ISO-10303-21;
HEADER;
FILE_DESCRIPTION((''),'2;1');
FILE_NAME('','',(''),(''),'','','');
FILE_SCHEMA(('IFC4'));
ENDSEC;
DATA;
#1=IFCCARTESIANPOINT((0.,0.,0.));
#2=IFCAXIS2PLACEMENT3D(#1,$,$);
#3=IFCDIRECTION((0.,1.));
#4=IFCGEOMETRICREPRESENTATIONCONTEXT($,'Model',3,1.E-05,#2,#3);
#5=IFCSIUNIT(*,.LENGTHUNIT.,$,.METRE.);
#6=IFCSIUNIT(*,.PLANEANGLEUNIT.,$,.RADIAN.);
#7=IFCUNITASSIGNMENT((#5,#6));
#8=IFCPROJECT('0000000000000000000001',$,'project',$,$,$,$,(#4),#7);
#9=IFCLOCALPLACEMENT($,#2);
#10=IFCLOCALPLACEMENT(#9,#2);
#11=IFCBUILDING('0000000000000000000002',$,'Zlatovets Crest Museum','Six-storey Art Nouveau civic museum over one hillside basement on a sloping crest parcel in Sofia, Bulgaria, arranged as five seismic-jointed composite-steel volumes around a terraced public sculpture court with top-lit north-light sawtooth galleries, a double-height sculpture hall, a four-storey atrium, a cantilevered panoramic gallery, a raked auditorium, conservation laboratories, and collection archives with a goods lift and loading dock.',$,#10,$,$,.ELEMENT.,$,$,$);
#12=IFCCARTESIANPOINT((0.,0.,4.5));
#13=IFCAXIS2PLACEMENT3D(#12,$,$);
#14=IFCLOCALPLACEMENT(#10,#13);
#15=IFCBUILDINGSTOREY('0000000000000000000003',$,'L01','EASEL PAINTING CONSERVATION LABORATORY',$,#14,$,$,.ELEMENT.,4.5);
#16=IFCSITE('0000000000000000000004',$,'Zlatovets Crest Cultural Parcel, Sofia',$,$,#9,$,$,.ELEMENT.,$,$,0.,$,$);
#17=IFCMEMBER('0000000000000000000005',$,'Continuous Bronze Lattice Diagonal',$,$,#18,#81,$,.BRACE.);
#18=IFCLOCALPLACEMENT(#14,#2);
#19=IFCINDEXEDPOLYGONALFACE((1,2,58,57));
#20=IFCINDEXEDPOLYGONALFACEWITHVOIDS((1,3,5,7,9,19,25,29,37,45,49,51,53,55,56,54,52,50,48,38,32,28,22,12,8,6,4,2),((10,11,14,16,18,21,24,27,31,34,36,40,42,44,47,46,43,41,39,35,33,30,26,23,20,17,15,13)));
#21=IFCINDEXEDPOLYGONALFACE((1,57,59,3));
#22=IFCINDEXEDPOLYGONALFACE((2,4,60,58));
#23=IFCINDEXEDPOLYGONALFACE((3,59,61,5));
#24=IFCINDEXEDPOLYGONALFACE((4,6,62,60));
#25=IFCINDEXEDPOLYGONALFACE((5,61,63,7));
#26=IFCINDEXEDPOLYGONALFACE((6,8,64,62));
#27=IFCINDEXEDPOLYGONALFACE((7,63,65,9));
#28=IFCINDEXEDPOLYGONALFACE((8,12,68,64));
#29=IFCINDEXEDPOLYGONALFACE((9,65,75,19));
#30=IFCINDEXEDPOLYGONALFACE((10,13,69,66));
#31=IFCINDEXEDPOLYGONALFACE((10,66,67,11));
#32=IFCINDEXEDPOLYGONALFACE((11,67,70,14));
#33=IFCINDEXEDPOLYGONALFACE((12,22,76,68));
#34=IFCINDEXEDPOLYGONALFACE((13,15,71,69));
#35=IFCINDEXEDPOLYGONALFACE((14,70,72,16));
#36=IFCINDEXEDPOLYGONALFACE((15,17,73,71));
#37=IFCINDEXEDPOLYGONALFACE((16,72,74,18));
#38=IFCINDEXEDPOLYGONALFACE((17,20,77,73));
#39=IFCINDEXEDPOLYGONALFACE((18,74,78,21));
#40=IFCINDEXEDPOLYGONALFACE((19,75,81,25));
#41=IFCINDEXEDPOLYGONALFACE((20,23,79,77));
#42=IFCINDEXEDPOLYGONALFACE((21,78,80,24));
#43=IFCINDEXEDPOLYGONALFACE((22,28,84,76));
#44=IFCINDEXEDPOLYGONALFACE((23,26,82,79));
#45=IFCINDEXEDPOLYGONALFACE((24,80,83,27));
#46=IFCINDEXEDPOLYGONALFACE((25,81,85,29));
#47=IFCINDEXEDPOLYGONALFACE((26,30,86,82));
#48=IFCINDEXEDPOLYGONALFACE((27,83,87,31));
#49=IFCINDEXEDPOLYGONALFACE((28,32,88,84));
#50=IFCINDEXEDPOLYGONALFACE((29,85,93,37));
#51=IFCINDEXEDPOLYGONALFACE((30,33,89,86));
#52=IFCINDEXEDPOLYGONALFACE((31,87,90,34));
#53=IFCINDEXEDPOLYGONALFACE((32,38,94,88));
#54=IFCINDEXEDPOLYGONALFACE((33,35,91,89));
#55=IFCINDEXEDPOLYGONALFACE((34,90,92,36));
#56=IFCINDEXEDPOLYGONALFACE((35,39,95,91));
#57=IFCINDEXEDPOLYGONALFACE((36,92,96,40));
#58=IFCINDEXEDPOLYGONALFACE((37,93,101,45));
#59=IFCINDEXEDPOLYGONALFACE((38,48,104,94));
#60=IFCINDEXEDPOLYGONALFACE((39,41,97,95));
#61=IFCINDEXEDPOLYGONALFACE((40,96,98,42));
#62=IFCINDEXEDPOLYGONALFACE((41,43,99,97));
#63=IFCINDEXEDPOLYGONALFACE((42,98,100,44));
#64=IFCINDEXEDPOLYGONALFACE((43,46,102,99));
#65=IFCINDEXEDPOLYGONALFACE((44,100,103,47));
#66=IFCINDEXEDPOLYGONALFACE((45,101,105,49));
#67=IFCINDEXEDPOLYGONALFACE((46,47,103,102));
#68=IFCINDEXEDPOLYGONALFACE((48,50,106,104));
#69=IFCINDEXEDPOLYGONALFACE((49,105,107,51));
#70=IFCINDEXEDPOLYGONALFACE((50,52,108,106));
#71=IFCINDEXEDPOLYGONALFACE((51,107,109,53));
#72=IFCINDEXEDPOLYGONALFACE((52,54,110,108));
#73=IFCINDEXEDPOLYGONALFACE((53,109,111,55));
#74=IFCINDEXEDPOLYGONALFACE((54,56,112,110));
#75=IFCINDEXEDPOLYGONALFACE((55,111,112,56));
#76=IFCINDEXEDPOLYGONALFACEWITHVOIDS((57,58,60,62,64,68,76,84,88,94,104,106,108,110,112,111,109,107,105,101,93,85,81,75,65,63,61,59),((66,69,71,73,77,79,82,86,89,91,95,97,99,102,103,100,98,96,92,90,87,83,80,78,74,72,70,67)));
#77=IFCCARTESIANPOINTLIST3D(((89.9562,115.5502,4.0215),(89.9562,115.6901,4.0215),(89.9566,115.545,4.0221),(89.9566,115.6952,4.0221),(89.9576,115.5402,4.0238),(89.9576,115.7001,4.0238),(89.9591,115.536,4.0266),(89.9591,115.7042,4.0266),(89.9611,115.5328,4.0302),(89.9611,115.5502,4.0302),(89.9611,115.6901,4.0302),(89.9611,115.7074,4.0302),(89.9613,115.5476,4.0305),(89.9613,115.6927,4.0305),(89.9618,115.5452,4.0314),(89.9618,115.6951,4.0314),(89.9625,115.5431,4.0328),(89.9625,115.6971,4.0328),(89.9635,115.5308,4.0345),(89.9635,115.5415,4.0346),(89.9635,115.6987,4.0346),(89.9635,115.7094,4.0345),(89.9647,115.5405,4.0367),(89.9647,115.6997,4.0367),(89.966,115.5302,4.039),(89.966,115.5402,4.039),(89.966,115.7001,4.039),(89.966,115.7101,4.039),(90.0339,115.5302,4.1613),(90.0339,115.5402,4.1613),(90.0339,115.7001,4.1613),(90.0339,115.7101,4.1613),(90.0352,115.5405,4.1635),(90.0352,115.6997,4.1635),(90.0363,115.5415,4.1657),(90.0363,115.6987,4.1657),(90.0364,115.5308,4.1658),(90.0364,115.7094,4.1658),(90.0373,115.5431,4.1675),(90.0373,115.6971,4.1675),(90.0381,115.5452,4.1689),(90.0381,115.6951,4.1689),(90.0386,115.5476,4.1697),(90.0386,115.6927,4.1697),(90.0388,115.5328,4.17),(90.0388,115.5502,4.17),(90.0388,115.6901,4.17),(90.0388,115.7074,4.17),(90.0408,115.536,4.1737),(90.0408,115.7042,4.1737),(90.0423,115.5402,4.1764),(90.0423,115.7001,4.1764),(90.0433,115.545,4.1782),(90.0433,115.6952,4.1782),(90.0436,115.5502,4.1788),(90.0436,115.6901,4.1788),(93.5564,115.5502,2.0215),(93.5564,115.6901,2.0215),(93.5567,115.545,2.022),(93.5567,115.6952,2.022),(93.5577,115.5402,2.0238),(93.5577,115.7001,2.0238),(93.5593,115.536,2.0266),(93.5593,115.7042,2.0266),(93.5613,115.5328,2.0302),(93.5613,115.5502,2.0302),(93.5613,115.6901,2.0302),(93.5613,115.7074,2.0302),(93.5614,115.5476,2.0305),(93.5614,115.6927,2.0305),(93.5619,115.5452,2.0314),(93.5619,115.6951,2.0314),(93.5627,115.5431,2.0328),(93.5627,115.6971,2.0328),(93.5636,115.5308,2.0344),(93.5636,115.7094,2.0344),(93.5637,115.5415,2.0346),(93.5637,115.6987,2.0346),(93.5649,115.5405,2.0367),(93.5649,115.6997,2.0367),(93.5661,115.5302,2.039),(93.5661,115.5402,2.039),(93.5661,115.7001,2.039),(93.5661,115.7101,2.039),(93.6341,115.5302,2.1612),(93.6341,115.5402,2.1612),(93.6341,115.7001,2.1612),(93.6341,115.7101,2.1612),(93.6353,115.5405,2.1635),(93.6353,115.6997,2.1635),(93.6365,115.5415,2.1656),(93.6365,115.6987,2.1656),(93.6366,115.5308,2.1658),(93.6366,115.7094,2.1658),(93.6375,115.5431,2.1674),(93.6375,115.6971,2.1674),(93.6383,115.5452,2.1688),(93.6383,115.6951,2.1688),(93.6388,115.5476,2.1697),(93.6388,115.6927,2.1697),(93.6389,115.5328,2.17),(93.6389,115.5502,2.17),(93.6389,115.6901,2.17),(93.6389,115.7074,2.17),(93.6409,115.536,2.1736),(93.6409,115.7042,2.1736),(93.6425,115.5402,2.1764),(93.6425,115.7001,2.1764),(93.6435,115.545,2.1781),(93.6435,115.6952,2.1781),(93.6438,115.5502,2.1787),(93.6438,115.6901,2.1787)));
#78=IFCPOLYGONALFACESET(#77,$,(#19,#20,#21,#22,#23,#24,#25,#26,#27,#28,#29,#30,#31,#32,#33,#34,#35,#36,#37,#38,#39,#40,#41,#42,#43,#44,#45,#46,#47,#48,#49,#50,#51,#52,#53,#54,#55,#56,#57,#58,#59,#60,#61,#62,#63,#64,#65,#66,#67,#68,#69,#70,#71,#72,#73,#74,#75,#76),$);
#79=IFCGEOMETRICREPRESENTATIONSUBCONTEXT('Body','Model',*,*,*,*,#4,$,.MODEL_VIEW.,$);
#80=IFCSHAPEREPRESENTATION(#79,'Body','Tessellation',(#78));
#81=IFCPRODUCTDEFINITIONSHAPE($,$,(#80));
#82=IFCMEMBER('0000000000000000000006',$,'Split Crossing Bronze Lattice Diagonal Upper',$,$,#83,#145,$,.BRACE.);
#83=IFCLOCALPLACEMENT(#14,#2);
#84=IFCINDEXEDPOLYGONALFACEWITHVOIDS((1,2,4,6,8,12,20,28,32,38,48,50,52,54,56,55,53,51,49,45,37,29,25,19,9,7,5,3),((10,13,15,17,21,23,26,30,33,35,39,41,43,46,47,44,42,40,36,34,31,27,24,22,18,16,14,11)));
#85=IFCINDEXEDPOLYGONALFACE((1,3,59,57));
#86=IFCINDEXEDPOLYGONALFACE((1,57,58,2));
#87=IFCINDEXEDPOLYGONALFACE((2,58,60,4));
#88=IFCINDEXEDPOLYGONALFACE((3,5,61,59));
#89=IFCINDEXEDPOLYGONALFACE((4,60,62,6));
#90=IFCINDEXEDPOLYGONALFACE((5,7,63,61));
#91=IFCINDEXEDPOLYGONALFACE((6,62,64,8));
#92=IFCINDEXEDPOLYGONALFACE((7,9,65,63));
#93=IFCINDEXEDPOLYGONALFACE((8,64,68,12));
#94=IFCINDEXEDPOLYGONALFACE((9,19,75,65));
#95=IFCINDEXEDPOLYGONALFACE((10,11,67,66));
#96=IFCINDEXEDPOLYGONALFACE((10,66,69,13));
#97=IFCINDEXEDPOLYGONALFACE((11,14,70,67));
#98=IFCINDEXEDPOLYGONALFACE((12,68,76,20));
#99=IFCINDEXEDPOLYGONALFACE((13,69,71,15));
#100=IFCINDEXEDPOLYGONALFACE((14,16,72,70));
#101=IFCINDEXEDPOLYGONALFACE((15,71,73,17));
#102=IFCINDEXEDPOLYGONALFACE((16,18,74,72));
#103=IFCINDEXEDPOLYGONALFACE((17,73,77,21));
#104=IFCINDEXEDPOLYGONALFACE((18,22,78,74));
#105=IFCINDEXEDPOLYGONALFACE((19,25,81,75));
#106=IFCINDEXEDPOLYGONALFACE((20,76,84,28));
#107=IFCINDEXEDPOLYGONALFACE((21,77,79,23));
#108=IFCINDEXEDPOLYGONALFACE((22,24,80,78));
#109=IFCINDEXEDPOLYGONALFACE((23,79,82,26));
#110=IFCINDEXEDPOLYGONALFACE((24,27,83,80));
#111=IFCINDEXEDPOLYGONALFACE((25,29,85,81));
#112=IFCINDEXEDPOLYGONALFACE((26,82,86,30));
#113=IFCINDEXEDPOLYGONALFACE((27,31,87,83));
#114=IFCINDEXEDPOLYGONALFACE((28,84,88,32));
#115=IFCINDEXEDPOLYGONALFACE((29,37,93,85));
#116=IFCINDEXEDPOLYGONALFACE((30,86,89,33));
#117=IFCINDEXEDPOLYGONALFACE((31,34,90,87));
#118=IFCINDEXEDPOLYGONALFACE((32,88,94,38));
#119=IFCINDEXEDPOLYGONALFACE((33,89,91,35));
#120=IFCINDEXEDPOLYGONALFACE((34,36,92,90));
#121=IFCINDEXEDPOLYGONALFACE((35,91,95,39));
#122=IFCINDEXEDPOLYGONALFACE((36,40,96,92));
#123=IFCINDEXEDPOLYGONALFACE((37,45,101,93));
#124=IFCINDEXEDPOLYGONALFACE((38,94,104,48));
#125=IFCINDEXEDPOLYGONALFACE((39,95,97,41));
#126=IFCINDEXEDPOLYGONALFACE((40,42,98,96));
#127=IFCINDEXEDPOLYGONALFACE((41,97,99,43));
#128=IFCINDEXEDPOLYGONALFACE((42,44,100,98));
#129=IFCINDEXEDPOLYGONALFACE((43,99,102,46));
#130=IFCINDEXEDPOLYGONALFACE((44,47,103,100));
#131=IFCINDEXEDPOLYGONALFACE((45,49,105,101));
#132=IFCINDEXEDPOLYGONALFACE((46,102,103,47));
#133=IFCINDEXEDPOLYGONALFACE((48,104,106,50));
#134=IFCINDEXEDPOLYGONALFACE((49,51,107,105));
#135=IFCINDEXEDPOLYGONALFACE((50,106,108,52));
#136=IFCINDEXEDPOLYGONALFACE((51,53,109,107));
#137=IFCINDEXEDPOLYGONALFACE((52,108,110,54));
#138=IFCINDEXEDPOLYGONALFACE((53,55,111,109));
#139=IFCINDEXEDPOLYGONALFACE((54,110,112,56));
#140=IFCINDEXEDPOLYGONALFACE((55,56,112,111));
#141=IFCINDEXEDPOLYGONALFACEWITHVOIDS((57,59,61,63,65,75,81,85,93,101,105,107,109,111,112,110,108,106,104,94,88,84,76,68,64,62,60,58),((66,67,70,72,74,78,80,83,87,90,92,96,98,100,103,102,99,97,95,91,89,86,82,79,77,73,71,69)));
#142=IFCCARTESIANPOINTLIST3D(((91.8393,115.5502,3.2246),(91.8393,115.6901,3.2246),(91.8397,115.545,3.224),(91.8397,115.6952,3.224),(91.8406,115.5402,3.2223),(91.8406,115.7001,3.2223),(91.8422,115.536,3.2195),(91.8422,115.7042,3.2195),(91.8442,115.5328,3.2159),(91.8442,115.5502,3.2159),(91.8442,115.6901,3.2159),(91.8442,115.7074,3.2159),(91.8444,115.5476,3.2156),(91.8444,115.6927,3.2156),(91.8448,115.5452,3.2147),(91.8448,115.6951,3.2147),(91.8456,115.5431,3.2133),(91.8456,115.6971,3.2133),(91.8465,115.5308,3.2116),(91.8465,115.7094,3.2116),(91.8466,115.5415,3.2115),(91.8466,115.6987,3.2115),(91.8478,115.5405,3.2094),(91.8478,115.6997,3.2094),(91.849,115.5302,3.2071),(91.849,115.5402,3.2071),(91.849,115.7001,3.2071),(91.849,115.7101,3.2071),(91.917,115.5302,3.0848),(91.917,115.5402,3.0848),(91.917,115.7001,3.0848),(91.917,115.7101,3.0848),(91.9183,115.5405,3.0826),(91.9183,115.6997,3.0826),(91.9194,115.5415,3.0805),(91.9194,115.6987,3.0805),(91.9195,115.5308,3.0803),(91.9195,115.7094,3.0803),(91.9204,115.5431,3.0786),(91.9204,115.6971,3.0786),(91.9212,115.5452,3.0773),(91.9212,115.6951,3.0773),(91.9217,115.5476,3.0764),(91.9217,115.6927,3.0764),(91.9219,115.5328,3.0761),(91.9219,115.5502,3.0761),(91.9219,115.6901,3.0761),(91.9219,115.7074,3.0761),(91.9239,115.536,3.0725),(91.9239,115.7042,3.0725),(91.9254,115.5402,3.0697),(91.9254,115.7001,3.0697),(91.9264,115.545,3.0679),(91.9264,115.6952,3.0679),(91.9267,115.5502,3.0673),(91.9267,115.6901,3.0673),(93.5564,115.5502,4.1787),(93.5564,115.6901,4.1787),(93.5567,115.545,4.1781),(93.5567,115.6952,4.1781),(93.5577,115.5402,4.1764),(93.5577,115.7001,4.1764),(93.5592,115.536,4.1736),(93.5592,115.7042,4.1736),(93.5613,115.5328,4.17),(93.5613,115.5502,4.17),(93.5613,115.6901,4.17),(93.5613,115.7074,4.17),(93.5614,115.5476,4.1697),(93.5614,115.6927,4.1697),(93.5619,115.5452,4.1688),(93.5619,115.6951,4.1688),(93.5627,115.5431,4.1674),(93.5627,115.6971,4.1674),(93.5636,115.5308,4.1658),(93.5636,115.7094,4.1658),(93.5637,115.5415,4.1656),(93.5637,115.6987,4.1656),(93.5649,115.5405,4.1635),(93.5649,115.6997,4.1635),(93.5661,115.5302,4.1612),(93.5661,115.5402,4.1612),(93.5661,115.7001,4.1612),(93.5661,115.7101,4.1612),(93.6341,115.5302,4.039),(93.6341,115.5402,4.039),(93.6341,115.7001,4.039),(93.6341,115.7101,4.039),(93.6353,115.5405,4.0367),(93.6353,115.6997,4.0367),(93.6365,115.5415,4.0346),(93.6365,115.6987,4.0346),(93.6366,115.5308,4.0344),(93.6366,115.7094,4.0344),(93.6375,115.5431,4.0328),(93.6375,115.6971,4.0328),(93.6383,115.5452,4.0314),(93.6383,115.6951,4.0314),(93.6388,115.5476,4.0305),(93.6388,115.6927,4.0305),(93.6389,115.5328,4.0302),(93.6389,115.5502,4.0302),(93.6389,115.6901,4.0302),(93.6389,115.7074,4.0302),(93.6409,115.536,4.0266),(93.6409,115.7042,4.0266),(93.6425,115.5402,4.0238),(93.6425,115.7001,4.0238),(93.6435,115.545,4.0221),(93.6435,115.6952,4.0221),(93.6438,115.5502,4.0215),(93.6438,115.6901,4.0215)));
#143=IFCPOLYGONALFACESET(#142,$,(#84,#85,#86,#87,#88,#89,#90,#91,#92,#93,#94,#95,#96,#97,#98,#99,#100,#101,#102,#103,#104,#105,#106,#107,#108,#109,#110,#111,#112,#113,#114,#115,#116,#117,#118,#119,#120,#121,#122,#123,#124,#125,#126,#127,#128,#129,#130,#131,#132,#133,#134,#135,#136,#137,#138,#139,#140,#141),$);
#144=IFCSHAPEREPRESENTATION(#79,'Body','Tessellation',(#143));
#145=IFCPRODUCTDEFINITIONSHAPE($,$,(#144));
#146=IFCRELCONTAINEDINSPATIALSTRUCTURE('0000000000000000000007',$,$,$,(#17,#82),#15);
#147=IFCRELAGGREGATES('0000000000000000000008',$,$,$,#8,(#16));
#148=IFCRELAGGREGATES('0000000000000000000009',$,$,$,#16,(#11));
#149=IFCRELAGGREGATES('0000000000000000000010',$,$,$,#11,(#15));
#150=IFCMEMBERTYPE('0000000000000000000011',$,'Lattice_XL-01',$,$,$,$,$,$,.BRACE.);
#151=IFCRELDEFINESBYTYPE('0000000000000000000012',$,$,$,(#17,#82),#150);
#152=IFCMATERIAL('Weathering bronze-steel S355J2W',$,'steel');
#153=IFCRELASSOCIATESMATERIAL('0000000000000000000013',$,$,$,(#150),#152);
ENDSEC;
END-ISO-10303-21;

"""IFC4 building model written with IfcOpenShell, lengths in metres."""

from ifc_helpers import new_model, si_unit, direction, frame, origin, origin_2d, place, context, subcontext, project, spatial, hollow_rectangle, extrude, material, material_profile, profile_set, type_object, element, save


model = new_model("IFC4")

# Units and contexts
model_context = context("Model", 3, precision=1e-05, world=origin(), true_north=direction((0.0, 1.0)))
body_context = subcontext(model_context, "Body", "Model", "MODEL_VIEW")
ifc_project = project(units=[si_unit("LENGTHUNIT", "METRE"), si_unit("PLANEANGLEUNIT", "RADIAN")], contexts=[model_context])

# Site, building, storey
site_placement = place(None, origin())
site = spatial("IfcSite", under=ifc_project, at=site_placement, Name="Zlatovets Crest Cultural Parcel, Sofia", CompositionType="ELEMENT", RefElevation=0.0)
building_placement = place(site_placement, origin())
building = spatial("IfcBuilding", under=site, at=building_placement, Name="Zlatovets Crest Museum", Description="Six-storey Art Nouveau civic museum over one hillside basement on a sloping crest parcel in Sofia, Bulgaria, arranged as five seismic-jointed composite-steel volumes around a terraced public sculpture court with top-lit north-light sawtooth galleries, a double-height sculpture hall, a four-storey atrium, a cantilevered panoramic gallery, a raked auditorium, conservation laboratories, and collection archives with a goods lift and loading dock.", CompositionType="ELEMENT")
storey_placement = place(building_placement, frame((0.0, 0.0, 4.5)))
storey = spatial("IfcBuildingStorey", under=building, at=storey_placement, Name="L01", Description="EASEL PAINTING CONSERVATION LABORATORY", CompositionType="ELEMENT", Elevation=4.5)

# Members
ifc_material_1 = material(Name="Weathering bronze-steel S355J2W", Category="steel")
ifc_material_profile_1 = material_profile(ifc_material_1, hollow_rectangle(XDim=0.1799, YDim=0.1799, WallThickness=0.01, InnerFilletRadius=0.01, OuterFilletRadius=0.02, at=origin_2d()), Name="SHS 180x180x10.0")
ifc_profile_set_1 = profile_set([ifc_material_profile_1], Name="Weathering bronze-steel S355J2W")
member_type_1 = type_object("IfcMemberType", Name="Lattice_XL-01", PredefinedType="BRACE", material=ifc_profile_set_1)
member_1_placement = place(storey_placement, frame((93.6001, 115.6201, 2.1001), z_axis=(-0.874163, 0.0, 0.485633), x_axis=(0.0, -1.0, 0.0)))
element("IfcMember", 1, at=member_1_placement, inside=storey, type_object=member_type_1, Name="Continuous Bronze Lattice Diagonal", PredefinedType="BRACE", context=body_context, shape_type="SweptSolid", body=[
    extrude(hollow_rectangle(XDim=0.1799, YDim=0.1799, WallThickness=0.01, InnerFilletRadius=0.01, OuterFilletRadius=0.02, at=origin_2d()), origin(), (0.0, 0.0, 1.0), 4.1184),
])
member_2_placement = place(storey_placement, frame((93.6001, 115.6201, 4.1001), z_axis=(-0.874116, 0.0, -0.485717), x_axis=(0.0, -1.0, 0.0)))
element("IfcMember", 2, at=member_2_placement, inside=storey, type_object=member_type_1, Name="Split Crossing Bronze Lattice Diagonal Upper", PredefinedType="BRACE", context=body_context, shape_type="SweptSolid", body=[
    extrude(hollow_rectangle(XDim=0.1799, YDim=0.1799, WallThickness=0.01, InnerFilletRadius=0.01, OuterFilletRadius=0.02, at=origin_2d()), origin(), (0.0, 0.0, 1.0), 1.9644),
])

save(model, "model.ifc")
